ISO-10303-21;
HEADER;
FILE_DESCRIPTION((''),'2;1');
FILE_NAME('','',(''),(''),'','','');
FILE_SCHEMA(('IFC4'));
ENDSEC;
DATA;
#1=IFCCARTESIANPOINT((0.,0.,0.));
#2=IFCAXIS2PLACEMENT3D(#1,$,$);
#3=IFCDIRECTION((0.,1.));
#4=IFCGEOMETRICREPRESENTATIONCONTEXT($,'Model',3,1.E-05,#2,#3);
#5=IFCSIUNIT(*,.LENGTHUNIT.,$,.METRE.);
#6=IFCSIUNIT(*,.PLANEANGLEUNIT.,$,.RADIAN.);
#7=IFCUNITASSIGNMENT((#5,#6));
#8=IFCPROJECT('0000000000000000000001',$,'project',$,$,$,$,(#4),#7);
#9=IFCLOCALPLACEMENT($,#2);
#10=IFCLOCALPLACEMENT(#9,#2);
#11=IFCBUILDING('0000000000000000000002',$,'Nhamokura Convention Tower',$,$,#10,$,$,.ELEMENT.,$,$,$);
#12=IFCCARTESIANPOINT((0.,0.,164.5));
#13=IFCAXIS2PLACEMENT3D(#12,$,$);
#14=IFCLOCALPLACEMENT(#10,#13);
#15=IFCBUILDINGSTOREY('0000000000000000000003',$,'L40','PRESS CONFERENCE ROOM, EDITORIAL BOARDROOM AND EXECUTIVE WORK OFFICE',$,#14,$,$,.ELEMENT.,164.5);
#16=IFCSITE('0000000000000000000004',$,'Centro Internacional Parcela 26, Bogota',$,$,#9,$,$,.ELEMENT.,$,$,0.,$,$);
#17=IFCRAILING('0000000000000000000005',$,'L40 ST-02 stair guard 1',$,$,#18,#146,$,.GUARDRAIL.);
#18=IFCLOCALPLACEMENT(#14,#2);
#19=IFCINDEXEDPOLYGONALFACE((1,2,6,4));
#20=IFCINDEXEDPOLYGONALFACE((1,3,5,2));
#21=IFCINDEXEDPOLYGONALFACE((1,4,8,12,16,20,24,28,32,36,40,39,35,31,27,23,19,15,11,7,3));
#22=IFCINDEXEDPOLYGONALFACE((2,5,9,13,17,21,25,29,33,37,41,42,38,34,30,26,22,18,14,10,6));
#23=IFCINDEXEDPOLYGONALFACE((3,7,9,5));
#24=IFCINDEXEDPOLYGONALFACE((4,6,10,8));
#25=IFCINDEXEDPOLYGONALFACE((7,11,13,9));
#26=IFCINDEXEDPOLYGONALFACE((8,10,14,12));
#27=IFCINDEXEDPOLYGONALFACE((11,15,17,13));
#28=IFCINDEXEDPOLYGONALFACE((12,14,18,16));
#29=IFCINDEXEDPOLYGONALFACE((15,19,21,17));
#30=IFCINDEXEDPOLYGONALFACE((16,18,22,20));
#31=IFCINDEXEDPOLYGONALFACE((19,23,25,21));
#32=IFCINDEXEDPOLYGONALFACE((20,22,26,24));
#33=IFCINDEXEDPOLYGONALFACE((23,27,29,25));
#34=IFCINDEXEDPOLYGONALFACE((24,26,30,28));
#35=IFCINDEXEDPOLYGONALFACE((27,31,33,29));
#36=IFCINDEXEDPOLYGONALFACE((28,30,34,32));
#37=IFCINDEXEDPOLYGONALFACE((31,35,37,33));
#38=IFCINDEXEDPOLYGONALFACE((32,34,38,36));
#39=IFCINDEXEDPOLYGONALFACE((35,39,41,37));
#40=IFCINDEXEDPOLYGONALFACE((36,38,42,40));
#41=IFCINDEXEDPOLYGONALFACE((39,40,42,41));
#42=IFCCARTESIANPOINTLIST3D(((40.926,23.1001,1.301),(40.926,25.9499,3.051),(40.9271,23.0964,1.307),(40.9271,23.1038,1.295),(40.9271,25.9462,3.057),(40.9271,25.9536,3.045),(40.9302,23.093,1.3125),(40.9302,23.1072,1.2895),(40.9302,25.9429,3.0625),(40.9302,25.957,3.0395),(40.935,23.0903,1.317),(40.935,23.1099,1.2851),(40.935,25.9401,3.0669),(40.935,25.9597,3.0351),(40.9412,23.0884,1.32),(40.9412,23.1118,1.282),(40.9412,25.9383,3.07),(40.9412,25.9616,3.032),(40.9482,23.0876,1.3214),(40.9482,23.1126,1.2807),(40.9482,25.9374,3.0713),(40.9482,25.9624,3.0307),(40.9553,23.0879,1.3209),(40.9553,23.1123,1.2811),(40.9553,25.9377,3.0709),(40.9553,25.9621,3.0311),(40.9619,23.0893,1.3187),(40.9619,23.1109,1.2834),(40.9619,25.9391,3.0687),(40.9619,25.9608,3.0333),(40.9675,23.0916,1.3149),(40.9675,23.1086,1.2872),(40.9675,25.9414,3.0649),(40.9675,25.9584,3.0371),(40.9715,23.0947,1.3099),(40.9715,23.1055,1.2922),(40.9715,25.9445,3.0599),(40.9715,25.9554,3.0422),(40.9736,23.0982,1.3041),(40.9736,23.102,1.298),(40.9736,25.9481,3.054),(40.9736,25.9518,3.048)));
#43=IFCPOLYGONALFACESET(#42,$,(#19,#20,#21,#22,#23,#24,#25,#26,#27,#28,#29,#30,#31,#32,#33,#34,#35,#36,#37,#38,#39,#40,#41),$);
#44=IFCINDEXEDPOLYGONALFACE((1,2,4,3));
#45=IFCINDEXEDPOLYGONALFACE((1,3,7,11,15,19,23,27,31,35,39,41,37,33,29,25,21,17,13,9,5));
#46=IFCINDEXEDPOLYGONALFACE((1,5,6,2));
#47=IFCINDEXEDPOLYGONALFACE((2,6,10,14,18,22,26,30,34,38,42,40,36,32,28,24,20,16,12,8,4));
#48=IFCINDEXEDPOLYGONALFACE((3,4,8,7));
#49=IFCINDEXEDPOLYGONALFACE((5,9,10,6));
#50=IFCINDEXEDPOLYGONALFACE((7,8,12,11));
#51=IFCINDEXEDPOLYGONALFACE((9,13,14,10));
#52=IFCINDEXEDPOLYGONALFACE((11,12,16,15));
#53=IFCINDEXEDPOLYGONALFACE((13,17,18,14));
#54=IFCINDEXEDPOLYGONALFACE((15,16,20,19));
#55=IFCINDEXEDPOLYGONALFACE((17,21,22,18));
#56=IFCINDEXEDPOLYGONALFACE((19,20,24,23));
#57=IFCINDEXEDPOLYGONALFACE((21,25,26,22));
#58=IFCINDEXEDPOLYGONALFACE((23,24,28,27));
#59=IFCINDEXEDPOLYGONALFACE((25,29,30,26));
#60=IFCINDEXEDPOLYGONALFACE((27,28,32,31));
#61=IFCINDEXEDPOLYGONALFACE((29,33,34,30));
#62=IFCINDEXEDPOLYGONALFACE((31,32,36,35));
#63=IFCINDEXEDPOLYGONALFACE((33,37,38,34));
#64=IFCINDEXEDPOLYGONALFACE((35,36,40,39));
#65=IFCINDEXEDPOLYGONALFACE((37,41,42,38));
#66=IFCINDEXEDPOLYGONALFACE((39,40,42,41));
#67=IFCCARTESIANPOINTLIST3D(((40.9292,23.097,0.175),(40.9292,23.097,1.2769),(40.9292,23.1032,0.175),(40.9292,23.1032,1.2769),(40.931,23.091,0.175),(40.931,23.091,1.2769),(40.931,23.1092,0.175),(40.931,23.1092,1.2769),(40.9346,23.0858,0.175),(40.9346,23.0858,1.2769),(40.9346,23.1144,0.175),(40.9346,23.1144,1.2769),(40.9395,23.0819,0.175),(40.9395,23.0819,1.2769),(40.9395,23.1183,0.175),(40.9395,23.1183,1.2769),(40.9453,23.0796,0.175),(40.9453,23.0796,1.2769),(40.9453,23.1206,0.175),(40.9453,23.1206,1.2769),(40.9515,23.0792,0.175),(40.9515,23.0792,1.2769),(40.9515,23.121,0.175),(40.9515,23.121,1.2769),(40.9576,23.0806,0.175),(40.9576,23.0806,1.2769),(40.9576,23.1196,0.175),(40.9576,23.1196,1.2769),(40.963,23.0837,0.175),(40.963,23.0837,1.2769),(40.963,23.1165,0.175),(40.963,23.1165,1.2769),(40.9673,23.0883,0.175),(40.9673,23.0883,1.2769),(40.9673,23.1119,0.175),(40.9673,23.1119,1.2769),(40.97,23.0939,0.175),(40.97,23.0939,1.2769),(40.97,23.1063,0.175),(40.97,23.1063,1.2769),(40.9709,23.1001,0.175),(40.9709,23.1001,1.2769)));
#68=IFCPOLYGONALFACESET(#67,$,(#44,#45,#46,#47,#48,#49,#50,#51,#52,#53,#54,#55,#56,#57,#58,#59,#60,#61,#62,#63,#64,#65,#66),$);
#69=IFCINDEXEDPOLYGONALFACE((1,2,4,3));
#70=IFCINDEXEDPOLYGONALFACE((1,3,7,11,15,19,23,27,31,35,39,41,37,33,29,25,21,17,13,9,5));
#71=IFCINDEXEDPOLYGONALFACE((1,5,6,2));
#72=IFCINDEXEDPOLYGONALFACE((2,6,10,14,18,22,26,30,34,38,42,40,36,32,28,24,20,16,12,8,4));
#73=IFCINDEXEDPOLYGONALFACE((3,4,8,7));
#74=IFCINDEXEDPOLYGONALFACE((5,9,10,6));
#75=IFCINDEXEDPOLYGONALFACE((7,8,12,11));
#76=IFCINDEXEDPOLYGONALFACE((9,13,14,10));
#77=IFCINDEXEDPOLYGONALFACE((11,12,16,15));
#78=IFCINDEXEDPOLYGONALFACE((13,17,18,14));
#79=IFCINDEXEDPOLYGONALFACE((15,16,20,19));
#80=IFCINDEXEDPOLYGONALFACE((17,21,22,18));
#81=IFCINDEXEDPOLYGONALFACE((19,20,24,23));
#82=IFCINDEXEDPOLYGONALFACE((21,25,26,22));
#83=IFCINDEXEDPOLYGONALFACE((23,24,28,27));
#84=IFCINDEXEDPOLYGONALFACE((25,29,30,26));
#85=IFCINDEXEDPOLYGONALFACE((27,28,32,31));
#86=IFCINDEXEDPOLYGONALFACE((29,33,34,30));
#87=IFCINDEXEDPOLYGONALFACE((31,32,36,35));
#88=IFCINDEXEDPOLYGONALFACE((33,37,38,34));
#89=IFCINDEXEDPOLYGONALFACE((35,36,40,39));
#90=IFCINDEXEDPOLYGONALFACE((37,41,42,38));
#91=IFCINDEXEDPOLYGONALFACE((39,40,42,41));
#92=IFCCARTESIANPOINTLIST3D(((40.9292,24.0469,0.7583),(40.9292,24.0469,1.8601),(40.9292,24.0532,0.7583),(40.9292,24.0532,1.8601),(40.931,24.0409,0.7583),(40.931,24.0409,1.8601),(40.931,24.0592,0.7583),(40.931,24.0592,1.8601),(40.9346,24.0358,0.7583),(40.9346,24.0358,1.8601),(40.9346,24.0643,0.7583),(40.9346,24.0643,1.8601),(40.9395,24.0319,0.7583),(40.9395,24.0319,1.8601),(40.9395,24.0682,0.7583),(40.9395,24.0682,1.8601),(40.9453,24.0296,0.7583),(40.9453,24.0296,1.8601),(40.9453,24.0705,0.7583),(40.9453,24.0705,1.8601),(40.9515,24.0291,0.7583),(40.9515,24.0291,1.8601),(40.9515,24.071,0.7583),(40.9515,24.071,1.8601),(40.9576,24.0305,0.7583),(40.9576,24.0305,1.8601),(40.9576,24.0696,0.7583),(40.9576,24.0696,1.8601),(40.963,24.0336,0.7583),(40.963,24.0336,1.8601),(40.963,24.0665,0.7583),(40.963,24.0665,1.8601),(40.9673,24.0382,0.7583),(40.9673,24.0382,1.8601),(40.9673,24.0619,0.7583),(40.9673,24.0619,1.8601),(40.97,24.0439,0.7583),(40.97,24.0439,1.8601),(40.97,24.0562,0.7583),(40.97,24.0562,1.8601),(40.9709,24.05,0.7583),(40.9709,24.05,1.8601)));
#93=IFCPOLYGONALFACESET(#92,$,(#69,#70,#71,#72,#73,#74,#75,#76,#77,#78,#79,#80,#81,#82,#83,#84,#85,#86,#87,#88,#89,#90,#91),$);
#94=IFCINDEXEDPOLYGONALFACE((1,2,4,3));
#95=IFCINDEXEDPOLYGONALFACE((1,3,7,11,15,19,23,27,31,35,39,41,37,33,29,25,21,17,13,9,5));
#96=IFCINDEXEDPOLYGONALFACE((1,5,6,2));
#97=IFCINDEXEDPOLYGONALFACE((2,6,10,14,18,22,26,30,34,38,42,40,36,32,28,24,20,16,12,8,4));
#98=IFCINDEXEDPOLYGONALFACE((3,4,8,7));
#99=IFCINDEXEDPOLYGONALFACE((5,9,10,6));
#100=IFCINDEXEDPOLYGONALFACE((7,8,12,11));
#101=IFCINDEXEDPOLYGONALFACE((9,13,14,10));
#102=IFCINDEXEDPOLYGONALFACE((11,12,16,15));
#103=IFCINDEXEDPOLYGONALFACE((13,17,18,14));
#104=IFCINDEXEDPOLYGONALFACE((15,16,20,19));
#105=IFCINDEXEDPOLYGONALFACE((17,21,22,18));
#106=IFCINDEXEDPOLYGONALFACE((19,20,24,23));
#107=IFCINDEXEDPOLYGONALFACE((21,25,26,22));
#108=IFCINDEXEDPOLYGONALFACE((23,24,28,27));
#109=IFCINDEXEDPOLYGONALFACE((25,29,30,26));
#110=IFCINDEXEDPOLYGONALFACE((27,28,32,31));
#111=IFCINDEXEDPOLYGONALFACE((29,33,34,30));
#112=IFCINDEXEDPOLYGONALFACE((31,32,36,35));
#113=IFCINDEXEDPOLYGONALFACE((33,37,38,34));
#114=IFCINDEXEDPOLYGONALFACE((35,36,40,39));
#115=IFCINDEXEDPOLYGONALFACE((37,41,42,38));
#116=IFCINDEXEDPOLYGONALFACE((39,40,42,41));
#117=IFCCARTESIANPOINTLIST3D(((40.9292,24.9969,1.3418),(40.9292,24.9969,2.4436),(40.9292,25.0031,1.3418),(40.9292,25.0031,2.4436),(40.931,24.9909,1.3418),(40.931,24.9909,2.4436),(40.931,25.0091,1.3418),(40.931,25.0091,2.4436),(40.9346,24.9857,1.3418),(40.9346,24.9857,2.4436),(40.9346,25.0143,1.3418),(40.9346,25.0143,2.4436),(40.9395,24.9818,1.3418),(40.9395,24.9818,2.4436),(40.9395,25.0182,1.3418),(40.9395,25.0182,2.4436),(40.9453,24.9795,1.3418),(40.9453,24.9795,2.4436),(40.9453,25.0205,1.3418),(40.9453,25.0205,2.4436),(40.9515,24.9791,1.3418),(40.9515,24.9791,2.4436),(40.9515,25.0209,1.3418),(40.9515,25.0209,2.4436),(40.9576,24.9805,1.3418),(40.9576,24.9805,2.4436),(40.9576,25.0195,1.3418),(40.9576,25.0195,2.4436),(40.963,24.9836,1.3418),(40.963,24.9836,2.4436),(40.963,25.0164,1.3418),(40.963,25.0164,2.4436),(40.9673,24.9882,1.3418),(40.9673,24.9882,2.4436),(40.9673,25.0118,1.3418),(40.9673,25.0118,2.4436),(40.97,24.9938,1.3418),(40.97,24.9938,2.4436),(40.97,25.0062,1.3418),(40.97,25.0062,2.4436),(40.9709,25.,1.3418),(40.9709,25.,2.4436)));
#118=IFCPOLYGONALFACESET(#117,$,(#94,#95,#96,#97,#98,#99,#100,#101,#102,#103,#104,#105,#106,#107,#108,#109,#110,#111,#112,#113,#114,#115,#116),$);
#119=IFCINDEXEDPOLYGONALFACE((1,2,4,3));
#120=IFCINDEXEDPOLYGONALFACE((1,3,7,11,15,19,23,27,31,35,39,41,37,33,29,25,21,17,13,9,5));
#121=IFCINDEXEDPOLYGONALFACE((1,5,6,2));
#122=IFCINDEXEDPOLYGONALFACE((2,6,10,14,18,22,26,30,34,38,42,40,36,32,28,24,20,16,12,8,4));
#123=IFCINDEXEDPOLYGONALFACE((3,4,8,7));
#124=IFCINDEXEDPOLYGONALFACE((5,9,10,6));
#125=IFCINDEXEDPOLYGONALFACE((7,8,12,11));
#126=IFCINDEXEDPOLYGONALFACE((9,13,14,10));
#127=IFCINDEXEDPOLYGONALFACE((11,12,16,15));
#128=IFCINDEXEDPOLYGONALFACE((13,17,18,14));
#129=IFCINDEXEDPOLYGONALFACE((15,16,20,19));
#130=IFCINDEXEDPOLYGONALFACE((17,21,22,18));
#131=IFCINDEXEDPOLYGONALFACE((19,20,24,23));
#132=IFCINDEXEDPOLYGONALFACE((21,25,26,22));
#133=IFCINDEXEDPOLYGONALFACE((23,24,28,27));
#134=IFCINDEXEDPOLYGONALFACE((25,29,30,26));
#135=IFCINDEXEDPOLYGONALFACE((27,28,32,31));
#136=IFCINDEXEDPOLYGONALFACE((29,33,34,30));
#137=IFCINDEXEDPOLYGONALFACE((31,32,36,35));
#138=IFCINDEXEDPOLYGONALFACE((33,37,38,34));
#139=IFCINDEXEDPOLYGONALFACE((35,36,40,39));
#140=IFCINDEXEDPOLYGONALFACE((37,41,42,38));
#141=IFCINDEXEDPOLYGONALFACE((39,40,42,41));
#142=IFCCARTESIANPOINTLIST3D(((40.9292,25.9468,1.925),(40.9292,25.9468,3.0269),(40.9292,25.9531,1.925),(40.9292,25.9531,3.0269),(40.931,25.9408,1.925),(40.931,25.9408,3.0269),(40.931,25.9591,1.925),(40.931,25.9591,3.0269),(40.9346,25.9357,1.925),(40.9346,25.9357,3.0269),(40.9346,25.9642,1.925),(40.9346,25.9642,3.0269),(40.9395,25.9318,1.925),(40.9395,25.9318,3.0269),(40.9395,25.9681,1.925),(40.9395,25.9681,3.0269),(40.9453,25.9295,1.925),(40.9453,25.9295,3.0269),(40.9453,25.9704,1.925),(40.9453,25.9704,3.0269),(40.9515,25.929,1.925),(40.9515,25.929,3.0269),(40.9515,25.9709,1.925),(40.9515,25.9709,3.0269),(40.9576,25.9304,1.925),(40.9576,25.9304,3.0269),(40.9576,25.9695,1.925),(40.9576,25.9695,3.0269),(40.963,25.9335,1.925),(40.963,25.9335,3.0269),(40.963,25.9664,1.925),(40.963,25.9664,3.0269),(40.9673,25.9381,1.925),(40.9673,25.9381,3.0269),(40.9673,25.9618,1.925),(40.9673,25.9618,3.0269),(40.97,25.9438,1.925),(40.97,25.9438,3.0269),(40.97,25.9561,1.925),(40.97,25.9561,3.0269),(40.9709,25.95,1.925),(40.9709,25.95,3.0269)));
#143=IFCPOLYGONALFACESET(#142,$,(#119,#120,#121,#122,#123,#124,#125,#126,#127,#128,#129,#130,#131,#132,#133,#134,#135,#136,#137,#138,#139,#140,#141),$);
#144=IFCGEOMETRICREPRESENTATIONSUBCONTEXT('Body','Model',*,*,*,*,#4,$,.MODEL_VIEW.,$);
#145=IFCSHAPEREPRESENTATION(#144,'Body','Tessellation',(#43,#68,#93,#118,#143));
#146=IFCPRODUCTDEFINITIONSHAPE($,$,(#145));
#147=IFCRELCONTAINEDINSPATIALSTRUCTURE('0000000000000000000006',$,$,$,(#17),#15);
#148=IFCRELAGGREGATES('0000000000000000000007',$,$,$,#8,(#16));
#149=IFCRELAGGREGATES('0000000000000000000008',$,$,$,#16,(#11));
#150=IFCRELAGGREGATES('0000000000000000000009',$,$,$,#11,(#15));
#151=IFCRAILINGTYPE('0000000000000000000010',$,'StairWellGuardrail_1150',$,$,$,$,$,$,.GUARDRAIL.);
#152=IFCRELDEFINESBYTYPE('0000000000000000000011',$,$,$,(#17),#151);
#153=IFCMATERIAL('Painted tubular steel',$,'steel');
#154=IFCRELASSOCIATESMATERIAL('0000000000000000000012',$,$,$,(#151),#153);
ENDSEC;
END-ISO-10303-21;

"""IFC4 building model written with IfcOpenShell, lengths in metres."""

from ifc_helpers import new_model, si_unit, direction, frame, origin, origin_2d, place, context, subcontext, project, spatial, circle, extrude, material, type_object, element, save


model = new_model("IFC4")

# Units and contexts
model_context = context("Model", 3, precision=1e-05, world=origin(), true_north=direction((0.0, 1.0)))
body_context = subcontext(model_context, "Body", "Model", "MODEL_VIEW")
ifc_project = project(units=[si_unit("LENGTHUNIT", "METRE"), si_unit("PLANEANGLEUNIT", "RADIAN")], contexts=[model_context])

# Site, building, storey
site_placement = place(None, origin())
site = spatial("IfcSite", under=ifc_project, at=site_placement, Name="Centro Internacional Parcela 26, Bogota", CompositionType="ELEMENT", RefElevation=0.0)
building_placement = place(site_placement, origin())
building = spatial("IfcBuilding", under=site, at=building_placement, Name="Nhamokura Convention Tower", CompositionType="ELEMENT")
storey_placement = place(building_placement, frame((0.0, 0.0, 164.5)))
storey = spatial("IfcBuildingStorey", under=building, at=storey_placement, Name="L40", Description="PRESS CONFERENCE ROOM, EDITORIAL BOARDROOM AND EXECUTIVE WORK OFFICE", CompositionType="ELEMENT", Elevation=164.5)

# Railing
ifc_material_1 = material(Name="Painted tubular steel", Category="steel")
railing_type_1 = type_object("IfcRailingType", Name="StairWellGuardrail_1150", PredefinedType="GUARDRAIL", material=ifc_material_1)
railing_1_placement = place(storey_placement, frame((40.95, 23.1001, 0.175)))
element("IfcRailing", 1, at=railing_1_placement, inside=storey, type_object=railing_type_1, Name="L40 ST-02 stair guard 1", PredefinedType="GUARDRAIL", context=body_context, shape_type="SweptSolid", body=[
    extrude(circle(Radius=0.0239, at=origin_2d()), frame((0.0, 0.0, 1.126), z_axis=(0.0, 0.852159, 0.523283), x_axis=(-1.0, 0.0, 0.0)), (0.0, 0.0, 1.0), 3.3442),
    extrude(circle(Radius=0.021, at=origin_2d()), origin(), (0.0, 0.0, 1.0), 1.1018),
    extrude(circle(Radius=0.021, at=origin_2d()), frame((0.0, 0.95, 0.5833)), (0.0, 0.0, 1.0), 1.1018),
    extrude(circle(Radius=0.021, at=origin_2d()), frame((0.0, 1.8999, 1.1667)), (0.0, 0.0, 1.0), 1.1018),
    extrude(circle(Radius=0.021, at=origin_2d()), frame((0.0, 2.8499, 1.75)), (0.0, 0.0, 1.0), 1.1018),
])

save(model, "model.ifc")
